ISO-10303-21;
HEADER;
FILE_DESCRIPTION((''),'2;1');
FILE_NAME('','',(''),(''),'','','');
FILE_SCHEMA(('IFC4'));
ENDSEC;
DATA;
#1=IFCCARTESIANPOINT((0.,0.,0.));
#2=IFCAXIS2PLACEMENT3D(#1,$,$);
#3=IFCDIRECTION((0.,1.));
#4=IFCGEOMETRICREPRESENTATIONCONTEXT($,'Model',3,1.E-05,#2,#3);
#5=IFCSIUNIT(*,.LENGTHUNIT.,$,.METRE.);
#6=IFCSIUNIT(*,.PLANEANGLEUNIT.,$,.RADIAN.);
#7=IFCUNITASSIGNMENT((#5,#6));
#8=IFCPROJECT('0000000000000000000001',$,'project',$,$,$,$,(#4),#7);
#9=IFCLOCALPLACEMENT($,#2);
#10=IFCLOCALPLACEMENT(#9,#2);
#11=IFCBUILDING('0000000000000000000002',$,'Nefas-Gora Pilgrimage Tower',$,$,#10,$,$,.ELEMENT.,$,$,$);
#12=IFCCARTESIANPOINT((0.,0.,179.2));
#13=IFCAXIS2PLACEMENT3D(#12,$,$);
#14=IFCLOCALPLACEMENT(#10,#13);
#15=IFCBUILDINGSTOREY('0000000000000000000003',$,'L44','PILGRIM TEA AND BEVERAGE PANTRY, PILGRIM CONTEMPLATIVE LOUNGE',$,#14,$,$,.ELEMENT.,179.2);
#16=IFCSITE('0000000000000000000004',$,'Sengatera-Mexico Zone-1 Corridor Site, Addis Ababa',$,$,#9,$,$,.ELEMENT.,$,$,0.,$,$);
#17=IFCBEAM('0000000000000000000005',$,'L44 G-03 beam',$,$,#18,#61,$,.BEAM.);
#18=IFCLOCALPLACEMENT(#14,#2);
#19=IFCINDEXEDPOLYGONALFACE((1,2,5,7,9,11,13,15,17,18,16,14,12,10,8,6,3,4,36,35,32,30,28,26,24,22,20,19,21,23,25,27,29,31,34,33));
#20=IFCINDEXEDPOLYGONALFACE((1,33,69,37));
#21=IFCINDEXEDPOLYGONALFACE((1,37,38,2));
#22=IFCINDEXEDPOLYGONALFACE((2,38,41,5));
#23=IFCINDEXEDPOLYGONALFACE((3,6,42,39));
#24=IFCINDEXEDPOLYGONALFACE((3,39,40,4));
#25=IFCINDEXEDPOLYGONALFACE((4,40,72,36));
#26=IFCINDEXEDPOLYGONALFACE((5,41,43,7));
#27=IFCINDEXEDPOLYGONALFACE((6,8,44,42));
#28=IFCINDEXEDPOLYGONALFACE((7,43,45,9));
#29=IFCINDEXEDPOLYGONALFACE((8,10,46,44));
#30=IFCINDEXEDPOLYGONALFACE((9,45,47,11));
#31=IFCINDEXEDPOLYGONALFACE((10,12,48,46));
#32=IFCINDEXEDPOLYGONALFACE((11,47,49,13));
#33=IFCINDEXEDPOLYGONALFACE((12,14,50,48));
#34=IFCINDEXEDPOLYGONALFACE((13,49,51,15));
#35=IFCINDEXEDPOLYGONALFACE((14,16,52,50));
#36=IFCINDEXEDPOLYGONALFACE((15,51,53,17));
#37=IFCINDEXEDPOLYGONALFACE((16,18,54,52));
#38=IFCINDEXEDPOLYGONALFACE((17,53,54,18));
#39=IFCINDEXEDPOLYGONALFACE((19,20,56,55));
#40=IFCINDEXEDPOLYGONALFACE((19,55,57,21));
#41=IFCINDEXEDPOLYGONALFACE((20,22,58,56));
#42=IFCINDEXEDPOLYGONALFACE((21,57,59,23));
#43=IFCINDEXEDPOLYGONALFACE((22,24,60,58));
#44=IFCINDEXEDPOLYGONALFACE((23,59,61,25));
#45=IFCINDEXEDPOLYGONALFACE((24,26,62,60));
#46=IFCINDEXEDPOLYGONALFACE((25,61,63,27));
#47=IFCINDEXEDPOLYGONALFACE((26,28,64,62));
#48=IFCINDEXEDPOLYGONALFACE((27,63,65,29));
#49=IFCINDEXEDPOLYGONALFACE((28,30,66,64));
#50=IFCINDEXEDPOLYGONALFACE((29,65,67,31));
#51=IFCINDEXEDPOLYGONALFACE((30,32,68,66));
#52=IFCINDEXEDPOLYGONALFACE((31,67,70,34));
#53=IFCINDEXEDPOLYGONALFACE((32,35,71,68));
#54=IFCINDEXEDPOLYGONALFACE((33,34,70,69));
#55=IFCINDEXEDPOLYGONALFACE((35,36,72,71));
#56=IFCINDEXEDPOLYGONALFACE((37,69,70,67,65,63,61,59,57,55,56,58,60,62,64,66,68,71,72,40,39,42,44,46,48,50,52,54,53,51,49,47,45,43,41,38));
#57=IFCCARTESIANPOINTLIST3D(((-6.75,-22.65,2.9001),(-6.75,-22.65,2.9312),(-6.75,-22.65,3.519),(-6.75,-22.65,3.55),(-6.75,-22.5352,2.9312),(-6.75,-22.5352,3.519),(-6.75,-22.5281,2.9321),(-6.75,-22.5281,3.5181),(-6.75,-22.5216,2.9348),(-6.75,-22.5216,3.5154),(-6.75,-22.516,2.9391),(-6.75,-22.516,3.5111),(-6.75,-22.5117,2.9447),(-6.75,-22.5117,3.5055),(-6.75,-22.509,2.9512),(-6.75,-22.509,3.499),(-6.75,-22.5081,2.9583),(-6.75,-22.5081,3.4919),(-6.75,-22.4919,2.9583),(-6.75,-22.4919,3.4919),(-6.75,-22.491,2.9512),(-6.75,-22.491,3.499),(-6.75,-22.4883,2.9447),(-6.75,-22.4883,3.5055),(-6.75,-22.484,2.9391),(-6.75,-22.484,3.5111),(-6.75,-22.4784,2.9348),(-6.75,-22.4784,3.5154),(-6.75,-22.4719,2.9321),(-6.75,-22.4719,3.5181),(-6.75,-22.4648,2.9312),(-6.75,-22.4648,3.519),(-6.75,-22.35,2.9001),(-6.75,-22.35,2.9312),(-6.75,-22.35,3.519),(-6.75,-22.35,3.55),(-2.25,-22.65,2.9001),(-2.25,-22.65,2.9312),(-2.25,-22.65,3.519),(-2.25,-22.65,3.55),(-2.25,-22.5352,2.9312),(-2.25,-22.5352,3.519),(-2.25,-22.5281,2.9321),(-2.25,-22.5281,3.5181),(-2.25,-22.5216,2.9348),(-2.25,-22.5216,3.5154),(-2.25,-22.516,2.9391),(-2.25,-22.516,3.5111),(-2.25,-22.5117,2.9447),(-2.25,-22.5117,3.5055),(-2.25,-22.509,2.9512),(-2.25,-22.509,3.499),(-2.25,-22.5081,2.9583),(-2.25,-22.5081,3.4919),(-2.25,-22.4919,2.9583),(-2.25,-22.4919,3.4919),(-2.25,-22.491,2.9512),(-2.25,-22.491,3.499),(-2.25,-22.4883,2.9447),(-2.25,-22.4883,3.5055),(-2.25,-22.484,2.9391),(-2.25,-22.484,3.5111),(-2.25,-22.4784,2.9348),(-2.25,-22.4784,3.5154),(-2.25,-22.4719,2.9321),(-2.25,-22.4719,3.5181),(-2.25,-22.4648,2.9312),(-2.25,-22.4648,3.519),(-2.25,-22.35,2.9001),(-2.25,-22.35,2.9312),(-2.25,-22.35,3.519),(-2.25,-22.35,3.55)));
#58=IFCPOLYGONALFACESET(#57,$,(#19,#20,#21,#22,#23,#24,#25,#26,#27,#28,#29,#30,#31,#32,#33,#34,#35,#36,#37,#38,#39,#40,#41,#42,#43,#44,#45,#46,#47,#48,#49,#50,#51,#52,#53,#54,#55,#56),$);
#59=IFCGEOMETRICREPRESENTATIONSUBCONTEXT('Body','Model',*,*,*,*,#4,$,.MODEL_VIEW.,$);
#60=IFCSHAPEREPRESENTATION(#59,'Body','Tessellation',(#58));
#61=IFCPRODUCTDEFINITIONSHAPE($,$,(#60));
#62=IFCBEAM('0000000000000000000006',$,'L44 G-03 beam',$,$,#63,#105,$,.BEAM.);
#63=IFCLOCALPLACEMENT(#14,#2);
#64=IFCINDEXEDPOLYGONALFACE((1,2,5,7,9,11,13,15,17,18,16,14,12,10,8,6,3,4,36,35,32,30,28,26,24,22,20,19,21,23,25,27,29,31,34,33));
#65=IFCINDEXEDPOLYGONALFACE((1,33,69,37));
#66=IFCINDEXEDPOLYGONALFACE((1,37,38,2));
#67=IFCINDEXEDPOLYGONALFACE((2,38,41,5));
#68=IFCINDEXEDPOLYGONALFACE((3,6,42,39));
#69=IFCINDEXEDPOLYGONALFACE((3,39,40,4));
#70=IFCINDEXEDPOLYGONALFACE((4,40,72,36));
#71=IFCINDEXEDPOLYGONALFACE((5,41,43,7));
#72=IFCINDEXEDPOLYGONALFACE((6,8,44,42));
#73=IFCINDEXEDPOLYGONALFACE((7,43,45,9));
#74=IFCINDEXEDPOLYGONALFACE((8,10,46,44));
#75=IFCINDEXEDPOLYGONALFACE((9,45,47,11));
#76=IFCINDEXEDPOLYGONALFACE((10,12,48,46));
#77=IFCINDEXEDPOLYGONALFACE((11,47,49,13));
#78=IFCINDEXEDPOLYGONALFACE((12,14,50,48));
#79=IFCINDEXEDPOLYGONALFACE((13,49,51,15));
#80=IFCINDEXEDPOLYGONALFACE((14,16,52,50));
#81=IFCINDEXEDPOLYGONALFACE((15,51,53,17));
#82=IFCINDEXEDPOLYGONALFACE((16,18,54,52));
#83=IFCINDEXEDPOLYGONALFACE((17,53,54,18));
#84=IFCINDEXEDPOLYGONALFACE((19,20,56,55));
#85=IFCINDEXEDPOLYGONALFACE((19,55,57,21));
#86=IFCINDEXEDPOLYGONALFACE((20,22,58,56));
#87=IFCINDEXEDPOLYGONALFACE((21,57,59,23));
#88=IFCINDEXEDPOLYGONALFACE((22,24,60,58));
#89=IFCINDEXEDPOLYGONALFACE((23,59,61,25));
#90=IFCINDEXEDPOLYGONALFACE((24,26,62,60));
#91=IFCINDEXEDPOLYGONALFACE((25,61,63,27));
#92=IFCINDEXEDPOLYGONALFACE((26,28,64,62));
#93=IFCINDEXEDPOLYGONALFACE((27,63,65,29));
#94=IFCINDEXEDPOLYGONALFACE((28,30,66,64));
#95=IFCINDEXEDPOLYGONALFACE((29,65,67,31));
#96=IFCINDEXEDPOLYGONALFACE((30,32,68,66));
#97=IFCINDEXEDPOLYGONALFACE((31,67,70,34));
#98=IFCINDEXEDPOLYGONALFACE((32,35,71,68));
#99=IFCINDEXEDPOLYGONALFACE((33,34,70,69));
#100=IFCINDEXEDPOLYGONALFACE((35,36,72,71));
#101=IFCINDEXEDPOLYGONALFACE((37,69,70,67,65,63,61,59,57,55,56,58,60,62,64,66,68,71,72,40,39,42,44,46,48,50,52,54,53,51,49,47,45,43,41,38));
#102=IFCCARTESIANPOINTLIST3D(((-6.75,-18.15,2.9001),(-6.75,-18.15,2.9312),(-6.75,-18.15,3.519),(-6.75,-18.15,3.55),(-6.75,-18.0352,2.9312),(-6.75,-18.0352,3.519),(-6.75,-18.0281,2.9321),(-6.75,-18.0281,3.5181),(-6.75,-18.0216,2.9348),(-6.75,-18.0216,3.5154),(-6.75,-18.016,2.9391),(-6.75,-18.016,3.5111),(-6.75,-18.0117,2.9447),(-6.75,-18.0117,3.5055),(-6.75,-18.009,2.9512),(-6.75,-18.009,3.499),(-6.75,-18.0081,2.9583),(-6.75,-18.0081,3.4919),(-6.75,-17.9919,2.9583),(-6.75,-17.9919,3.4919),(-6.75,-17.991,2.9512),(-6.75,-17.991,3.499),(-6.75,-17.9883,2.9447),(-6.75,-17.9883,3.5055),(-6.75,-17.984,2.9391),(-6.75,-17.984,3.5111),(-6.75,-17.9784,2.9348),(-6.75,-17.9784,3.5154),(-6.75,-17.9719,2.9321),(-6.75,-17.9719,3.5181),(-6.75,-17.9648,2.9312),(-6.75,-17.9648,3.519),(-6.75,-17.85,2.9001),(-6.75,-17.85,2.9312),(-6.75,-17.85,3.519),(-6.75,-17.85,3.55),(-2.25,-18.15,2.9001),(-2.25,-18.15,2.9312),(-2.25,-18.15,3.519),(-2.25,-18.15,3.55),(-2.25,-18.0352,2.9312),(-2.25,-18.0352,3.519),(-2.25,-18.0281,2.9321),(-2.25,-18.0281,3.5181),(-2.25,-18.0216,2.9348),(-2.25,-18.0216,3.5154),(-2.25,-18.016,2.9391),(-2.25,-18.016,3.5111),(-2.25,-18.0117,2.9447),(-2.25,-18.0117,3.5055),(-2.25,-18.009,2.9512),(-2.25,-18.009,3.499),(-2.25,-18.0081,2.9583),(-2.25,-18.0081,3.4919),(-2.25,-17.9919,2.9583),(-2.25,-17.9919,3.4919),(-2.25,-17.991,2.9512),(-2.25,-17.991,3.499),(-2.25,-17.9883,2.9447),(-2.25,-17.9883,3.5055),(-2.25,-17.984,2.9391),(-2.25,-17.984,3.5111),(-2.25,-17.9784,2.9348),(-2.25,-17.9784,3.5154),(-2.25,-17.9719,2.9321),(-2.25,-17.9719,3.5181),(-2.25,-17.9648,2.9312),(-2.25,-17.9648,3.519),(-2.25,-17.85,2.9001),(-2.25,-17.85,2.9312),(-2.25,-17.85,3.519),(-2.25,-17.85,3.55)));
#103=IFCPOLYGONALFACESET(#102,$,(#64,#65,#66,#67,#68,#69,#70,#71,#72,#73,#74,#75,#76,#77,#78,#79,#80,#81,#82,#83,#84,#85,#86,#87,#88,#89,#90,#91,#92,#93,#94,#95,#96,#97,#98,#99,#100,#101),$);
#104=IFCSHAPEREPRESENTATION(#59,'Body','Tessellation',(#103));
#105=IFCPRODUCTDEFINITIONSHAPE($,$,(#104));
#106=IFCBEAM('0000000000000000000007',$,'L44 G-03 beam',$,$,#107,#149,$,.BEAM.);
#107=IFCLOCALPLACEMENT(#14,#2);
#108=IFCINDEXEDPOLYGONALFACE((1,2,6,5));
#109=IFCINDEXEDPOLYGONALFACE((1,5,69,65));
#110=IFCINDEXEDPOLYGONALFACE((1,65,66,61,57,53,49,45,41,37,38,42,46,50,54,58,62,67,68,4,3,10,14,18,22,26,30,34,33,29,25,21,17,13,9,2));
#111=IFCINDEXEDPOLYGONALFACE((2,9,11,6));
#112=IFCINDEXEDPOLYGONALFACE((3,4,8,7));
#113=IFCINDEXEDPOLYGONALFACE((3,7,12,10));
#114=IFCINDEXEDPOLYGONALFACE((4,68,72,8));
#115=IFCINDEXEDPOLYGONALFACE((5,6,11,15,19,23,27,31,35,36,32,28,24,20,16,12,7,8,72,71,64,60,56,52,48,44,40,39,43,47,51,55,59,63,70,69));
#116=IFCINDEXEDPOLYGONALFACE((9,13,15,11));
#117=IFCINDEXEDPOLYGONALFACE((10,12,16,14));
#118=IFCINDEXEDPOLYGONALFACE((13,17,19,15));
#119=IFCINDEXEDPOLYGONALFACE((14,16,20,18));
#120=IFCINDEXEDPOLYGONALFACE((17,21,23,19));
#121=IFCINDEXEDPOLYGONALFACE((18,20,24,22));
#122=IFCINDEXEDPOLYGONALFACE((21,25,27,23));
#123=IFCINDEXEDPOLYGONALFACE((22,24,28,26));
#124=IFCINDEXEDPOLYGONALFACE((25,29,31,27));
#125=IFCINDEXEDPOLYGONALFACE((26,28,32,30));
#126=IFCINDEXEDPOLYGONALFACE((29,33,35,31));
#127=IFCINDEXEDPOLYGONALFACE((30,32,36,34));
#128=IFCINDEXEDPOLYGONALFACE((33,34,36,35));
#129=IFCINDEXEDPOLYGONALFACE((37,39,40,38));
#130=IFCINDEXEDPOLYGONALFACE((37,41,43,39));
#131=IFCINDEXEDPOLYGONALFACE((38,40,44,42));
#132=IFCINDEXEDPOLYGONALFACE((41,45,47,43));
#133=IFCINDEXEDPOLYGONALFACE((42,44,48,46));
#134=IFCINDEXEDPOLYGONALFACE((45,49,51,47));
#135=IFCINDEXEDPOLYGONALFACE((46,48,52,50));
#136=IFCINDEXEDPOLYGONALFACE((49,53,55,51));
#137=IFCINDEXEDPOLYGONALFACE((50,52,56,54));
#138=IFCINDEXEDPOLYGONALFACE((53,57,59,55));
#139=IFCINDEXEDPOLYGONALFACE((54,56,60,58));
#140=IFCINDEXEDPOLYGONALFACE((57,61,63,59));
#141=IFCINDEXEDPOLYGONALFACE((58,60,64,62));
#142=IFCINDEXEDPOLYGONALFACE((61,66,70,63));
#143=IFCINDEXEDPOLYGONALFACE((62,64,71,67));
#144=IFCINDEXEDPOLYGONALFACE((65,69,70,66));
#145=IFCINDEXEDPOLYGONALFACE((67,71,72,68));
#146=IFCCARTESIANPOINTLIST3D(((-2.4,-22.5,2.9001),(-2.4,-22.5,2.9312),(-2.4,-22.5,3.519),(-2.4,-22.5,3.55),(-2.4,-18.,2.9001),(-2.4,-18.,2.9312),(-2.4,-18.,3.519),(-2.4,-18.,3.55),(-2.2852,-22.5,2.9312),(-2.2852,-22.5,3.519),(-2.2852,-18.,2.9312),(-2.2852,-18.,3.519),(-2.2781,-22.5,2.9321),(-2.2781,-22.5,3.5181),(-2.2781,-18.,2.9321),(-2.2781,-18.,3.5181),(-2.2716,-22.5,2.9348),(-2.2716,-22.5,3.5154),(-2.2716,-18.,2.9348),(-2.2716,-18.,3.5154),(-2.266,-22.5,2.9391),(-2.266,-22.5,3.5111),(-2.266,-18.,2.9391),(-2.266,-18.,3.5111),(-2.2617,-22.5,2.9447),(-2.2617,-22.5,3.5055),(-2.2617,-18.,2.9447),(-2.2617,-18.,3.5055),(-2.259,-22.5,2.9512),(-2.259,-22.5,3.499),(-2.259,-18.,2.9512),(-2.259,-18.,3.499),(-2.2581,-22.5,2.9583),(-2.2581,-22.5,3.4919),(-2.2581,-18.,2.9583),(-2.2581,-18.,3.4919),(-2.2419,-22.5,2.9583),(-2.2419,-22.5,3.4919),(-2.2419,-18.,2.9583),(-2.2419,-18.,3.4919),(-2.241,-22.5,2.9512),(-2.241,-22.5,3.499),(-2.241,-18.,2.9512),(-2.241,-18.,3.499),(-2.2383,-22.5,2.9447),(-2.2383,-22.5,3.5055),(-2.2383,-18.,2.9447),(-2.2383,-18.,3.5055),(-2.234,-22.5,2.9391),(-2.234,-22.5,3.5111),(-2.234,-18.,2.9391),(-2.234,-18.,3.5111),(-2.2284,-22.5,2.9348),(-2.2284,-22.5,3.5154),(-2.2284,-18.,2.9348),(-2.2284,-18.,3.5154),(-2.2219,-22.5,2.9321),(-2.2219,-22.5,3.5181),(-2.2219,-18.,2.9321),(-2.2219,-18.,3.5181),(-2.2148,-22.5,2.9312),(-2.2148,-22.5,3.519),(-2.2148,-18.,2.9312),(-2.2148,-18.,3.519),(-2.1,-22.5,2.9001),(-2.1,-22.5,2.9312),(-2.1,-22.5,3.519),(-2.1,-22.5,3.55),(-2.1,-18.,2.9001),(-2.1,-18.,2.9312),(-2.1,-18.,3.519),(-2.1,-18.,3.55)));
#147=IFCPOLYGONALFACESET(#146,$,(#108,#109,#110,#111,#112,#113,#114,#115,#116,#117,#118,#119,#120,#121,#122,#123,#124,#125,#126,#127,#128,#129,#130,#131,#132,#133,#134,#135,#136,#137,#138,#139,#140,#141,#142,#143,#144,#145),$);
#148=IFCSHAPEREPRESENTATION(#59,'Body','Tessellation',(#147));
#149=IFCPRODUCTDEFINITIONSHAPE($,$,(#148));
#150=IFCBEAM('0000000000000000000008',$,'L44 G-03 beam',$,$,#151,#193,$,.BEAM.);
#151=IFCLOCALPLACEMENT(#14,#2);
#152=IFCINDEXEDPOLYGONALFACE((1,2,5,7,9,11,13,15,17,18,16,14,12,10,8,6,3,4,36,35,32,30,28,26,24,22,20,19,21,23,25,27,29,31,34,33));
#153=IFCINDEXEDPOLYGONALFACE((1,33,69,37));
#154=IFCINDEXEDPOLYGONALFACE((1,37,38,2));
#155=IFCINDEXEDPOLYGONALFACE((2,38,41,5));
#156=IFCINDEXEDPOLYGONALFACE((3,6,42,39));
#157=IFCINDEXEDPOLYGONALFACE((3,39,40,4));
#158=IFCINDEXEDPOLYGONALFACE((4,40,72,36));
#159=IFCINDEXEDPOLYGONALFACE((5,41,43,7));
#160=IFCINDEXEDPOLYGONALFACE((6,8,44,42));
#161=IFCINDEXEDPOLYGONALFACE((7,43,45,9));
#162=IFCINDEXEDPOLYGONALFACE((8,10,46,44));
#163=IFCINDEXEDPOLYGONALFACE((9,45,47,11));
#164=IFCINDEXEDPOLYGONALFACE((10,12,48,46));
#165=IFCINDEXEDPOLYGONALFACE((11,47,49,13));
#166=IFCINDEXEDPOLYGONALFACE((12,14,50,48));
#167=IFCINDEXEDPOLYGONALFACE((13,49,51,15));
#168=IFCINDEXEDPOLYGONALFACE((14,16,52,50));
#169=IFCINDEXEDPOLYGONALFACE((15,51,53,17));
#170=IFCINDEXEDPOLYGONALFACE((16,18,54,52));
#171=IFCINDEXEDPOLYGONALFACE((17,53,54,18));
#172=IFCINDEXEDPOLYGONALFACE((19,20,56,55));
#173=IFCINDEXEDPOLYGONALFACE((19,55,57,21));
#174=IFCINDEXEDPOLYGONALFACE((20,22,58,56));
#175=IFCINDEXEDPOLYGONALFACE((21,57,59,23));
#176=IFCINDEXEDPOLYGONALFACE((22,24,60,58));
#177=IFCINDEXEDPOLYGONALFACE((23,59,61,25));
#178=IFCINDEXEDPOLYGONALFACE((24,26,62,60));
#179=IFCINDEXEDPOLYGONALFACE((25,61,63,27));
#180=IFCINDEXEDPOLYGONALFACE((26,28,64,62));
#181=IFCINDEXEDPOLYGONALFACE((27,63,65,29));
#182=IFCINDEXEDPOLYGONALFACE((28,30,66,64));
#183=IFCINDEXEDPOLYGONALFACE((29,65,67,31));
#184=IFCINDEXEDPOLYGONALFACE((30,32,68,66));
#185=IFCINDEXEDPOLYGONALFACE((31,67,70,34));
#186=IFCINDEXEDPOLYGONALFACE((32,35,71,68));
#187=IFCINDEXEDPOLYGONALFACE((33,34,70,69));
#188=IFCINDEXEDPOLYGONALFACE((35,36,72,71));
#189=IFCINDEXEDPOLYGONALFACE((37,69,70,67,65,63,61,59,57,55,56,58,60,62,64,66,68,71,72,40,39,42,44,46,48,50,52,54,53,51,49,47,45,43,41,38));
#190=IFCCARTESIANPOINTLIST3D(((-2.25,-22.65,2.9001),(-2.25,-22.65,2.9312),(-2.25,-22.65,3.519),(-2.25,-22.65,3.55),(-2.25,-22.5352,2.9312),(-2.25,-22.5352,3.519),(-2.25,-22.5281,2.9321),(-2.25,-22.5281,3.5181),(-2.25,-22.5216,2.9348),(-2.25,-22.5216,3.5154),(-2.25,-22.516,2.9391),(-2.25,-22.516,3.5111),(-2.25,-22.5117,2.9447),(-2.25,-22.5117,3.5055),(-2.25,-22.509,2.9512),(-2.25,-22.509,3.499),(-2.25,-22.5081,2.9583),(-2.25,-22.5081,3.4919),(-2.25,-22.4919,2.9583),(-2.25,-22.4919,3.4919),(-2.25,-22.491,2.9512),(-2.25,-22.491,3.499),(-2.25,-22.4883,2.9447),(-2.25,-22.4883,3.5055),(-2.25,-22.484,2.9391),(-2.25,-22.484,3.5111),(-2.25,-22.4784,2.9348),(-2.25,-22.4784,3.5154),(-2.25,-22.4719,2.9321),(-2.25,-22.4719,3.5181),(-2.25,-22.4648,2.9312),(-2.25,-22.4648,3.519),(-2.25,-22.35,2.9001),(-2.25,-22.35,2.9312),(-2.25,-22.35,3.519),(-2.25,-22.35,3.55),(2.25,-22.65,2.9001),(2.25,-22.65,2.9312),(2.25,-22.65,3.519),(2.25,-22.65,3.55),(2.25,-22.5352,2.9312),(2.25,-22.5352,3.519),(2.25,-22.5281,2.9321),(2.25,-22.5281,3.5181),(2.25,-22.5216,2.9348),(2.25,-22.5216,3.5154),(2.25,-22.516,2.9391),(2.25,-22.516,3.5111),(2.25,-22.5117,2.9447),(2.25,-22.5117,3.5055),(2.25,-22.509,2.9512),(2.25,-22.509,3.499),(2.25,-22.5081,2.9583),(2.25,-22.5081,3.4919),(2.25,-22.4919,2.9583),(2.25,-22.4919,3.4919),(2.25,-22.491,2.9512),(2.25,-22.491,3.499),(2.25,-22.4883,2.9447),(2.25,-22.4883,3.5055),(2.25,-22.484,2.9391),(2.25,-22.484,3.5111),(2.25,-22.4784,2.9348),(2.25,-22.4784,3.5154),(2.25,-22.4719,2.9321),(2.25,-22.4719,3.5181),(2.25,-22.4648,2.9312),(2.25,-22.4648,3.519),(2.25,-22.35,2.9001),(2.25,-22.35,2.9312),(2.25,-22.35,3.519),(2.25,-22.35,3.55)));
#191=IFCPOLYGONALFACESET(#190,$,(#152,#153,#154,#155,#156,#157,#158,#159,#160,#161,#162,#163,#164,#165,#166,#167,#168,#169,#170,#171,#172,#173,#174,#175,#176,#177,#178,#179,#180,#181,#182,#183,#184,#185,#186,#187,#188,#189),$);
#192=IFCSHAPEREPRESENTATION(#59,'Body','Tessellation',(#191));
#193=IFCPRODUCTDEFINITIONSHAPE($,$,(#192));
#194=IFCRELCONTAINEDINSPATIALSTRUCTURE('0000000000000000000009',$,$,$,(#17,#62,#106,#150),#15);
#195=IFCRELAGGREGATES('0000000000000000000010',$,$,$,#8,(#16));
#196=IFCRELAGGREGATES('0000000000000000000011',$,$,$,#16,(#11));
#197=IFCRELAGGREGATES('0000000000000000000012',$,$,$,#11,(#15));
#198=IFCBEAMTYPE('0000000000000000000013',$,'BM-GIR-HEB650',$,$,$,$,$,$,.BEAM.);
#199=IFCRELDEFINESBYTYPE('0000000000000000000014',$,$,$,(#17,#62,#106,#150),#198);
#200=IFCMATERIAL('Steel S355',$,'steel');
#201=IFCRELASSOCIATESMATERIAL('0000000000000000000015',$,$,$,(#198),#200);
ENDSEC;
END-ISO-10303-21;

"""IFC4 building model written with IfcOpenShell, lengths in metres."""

from ifc_helpers import new_model, si_unit, direction, frame, origin, origin_2d, place, context, subcontext, project, spatial, i_section, extrude, source, transform, mapped, material, material_profile, profile_set, type_object, element, save


model = new_model("IFC4")

# Units and contexts
model_context = context("Model", 3, precision=1e-05, world=origin(), true_north=direction((0.0, 1.0)))
body_context = subcontext(model_context, "Body", "Model", "MODEL_VIEW")
ifc_project = project(units=[si_unit("LENGTHUNIT", "METRE"), si_unit("PLANEANGLEUNIT", "RADIAN")], contexts=[model_context])

# Site, building, storey
site_placement = place(None, origin())
site = spatial("IfcSite", under=ifc_project, at=site_placement, Name="Sengatera-Mexico Zone-1 Corridor Site, Addis Ababa", CompositionType="ELEMENT", RefElevation=0.0)
building_placement = place(site_placement, origin())
building = spatial("IfcBuilding", under=site, at=building_placement, Name="Nefas-Gora Pilgrimage Tower", CompositionType="ELEMENT")
storey_placement = place(building_placement, frame((0.0, 0.0, 179.2)))
storey = spatial("IfcBuildingStorey", under=building, at=storey_placement, Name="L44", Description="PILGRIM TEA AND BEVERAGE PANTRY, PILGRIM CONTEMPLATIVE LOUNGE", CompositionType="ELEMENT", Elevation=179.2)

# Beams
ifc_material_1 = material(Name="Steel S355", Category="steel")
ifc_material_profile_1 = material_profile(ifc_material_1, i_section(OverallWidth=0.3, OverallDepth=0.6499, WebThickness=0.0161, FlangeThickness=0.031, FilletRadius=0.0271, at=origin_2d()), Name="HEB 650")
ifc_profile_set_1 = profile_set([ifc_material_profile_1], Name="Steel S355")
beam_type = type_object("IfcBeamType", Name="BM-GIR-HEB650", PredefinedType="BEAM", material=ifc_profile_set_1)
shared_shape_1 = source(origin(), body_context, "Body", "SweptSolid", [
    extrude(i_section(OverallWidth=0.3, OverallDepth=0.6499, WebThickness=0.0161, FlangeThickness=0.031, FilletRadius=0.0271, at=origin_2d()), origin(), (0.0, 0.0, 1.0), 4.5),
])
for number, where, z_axis, x_axis, name in (
    (1, (-6.75, -22.5, 3.2251), (1.0, 0.0, 0.0), (0.0, 1.0, 0.0), "L44 G-03 beam"),
    (2, (-6.75, -18.0, 3.2251), (1.0, 0.0, 0.0), (0.0, 1.0, 0.0), "L44 G-03 beam"),
    (3, (-2.25, -22.5, 3.2251), (0.0, 1.0, 0.0), (-1.0, 0.0, 0.0), "L44 G-03 beam"),
    (4, (-2.25, -22.5, 3.2251), (1.0, 0.0, 0.0), (0.0, 1.0, 0.0), "L44 G-03 beam"),
):
    element("IfcBeam", number, at=place(storey_placement, frame(where, z_axis=z_axis, x_axis=x_axis)), inside=storey, type_object=beam_type, Name=name, PredefinedType="BEAM", context=body_context, shape_type="MappedRepresentation", body=[
        mapped(shared_shape_1, transform((0.0, 0.0, 0.0), x_axis=(1.0, 0.0, 0.0), y_axis=(0.0, 1.0, 0.0), z_axis=(0.0, 0.0, 1.0), scale=1.0)),
    ])

save(model, "model.ifc")
